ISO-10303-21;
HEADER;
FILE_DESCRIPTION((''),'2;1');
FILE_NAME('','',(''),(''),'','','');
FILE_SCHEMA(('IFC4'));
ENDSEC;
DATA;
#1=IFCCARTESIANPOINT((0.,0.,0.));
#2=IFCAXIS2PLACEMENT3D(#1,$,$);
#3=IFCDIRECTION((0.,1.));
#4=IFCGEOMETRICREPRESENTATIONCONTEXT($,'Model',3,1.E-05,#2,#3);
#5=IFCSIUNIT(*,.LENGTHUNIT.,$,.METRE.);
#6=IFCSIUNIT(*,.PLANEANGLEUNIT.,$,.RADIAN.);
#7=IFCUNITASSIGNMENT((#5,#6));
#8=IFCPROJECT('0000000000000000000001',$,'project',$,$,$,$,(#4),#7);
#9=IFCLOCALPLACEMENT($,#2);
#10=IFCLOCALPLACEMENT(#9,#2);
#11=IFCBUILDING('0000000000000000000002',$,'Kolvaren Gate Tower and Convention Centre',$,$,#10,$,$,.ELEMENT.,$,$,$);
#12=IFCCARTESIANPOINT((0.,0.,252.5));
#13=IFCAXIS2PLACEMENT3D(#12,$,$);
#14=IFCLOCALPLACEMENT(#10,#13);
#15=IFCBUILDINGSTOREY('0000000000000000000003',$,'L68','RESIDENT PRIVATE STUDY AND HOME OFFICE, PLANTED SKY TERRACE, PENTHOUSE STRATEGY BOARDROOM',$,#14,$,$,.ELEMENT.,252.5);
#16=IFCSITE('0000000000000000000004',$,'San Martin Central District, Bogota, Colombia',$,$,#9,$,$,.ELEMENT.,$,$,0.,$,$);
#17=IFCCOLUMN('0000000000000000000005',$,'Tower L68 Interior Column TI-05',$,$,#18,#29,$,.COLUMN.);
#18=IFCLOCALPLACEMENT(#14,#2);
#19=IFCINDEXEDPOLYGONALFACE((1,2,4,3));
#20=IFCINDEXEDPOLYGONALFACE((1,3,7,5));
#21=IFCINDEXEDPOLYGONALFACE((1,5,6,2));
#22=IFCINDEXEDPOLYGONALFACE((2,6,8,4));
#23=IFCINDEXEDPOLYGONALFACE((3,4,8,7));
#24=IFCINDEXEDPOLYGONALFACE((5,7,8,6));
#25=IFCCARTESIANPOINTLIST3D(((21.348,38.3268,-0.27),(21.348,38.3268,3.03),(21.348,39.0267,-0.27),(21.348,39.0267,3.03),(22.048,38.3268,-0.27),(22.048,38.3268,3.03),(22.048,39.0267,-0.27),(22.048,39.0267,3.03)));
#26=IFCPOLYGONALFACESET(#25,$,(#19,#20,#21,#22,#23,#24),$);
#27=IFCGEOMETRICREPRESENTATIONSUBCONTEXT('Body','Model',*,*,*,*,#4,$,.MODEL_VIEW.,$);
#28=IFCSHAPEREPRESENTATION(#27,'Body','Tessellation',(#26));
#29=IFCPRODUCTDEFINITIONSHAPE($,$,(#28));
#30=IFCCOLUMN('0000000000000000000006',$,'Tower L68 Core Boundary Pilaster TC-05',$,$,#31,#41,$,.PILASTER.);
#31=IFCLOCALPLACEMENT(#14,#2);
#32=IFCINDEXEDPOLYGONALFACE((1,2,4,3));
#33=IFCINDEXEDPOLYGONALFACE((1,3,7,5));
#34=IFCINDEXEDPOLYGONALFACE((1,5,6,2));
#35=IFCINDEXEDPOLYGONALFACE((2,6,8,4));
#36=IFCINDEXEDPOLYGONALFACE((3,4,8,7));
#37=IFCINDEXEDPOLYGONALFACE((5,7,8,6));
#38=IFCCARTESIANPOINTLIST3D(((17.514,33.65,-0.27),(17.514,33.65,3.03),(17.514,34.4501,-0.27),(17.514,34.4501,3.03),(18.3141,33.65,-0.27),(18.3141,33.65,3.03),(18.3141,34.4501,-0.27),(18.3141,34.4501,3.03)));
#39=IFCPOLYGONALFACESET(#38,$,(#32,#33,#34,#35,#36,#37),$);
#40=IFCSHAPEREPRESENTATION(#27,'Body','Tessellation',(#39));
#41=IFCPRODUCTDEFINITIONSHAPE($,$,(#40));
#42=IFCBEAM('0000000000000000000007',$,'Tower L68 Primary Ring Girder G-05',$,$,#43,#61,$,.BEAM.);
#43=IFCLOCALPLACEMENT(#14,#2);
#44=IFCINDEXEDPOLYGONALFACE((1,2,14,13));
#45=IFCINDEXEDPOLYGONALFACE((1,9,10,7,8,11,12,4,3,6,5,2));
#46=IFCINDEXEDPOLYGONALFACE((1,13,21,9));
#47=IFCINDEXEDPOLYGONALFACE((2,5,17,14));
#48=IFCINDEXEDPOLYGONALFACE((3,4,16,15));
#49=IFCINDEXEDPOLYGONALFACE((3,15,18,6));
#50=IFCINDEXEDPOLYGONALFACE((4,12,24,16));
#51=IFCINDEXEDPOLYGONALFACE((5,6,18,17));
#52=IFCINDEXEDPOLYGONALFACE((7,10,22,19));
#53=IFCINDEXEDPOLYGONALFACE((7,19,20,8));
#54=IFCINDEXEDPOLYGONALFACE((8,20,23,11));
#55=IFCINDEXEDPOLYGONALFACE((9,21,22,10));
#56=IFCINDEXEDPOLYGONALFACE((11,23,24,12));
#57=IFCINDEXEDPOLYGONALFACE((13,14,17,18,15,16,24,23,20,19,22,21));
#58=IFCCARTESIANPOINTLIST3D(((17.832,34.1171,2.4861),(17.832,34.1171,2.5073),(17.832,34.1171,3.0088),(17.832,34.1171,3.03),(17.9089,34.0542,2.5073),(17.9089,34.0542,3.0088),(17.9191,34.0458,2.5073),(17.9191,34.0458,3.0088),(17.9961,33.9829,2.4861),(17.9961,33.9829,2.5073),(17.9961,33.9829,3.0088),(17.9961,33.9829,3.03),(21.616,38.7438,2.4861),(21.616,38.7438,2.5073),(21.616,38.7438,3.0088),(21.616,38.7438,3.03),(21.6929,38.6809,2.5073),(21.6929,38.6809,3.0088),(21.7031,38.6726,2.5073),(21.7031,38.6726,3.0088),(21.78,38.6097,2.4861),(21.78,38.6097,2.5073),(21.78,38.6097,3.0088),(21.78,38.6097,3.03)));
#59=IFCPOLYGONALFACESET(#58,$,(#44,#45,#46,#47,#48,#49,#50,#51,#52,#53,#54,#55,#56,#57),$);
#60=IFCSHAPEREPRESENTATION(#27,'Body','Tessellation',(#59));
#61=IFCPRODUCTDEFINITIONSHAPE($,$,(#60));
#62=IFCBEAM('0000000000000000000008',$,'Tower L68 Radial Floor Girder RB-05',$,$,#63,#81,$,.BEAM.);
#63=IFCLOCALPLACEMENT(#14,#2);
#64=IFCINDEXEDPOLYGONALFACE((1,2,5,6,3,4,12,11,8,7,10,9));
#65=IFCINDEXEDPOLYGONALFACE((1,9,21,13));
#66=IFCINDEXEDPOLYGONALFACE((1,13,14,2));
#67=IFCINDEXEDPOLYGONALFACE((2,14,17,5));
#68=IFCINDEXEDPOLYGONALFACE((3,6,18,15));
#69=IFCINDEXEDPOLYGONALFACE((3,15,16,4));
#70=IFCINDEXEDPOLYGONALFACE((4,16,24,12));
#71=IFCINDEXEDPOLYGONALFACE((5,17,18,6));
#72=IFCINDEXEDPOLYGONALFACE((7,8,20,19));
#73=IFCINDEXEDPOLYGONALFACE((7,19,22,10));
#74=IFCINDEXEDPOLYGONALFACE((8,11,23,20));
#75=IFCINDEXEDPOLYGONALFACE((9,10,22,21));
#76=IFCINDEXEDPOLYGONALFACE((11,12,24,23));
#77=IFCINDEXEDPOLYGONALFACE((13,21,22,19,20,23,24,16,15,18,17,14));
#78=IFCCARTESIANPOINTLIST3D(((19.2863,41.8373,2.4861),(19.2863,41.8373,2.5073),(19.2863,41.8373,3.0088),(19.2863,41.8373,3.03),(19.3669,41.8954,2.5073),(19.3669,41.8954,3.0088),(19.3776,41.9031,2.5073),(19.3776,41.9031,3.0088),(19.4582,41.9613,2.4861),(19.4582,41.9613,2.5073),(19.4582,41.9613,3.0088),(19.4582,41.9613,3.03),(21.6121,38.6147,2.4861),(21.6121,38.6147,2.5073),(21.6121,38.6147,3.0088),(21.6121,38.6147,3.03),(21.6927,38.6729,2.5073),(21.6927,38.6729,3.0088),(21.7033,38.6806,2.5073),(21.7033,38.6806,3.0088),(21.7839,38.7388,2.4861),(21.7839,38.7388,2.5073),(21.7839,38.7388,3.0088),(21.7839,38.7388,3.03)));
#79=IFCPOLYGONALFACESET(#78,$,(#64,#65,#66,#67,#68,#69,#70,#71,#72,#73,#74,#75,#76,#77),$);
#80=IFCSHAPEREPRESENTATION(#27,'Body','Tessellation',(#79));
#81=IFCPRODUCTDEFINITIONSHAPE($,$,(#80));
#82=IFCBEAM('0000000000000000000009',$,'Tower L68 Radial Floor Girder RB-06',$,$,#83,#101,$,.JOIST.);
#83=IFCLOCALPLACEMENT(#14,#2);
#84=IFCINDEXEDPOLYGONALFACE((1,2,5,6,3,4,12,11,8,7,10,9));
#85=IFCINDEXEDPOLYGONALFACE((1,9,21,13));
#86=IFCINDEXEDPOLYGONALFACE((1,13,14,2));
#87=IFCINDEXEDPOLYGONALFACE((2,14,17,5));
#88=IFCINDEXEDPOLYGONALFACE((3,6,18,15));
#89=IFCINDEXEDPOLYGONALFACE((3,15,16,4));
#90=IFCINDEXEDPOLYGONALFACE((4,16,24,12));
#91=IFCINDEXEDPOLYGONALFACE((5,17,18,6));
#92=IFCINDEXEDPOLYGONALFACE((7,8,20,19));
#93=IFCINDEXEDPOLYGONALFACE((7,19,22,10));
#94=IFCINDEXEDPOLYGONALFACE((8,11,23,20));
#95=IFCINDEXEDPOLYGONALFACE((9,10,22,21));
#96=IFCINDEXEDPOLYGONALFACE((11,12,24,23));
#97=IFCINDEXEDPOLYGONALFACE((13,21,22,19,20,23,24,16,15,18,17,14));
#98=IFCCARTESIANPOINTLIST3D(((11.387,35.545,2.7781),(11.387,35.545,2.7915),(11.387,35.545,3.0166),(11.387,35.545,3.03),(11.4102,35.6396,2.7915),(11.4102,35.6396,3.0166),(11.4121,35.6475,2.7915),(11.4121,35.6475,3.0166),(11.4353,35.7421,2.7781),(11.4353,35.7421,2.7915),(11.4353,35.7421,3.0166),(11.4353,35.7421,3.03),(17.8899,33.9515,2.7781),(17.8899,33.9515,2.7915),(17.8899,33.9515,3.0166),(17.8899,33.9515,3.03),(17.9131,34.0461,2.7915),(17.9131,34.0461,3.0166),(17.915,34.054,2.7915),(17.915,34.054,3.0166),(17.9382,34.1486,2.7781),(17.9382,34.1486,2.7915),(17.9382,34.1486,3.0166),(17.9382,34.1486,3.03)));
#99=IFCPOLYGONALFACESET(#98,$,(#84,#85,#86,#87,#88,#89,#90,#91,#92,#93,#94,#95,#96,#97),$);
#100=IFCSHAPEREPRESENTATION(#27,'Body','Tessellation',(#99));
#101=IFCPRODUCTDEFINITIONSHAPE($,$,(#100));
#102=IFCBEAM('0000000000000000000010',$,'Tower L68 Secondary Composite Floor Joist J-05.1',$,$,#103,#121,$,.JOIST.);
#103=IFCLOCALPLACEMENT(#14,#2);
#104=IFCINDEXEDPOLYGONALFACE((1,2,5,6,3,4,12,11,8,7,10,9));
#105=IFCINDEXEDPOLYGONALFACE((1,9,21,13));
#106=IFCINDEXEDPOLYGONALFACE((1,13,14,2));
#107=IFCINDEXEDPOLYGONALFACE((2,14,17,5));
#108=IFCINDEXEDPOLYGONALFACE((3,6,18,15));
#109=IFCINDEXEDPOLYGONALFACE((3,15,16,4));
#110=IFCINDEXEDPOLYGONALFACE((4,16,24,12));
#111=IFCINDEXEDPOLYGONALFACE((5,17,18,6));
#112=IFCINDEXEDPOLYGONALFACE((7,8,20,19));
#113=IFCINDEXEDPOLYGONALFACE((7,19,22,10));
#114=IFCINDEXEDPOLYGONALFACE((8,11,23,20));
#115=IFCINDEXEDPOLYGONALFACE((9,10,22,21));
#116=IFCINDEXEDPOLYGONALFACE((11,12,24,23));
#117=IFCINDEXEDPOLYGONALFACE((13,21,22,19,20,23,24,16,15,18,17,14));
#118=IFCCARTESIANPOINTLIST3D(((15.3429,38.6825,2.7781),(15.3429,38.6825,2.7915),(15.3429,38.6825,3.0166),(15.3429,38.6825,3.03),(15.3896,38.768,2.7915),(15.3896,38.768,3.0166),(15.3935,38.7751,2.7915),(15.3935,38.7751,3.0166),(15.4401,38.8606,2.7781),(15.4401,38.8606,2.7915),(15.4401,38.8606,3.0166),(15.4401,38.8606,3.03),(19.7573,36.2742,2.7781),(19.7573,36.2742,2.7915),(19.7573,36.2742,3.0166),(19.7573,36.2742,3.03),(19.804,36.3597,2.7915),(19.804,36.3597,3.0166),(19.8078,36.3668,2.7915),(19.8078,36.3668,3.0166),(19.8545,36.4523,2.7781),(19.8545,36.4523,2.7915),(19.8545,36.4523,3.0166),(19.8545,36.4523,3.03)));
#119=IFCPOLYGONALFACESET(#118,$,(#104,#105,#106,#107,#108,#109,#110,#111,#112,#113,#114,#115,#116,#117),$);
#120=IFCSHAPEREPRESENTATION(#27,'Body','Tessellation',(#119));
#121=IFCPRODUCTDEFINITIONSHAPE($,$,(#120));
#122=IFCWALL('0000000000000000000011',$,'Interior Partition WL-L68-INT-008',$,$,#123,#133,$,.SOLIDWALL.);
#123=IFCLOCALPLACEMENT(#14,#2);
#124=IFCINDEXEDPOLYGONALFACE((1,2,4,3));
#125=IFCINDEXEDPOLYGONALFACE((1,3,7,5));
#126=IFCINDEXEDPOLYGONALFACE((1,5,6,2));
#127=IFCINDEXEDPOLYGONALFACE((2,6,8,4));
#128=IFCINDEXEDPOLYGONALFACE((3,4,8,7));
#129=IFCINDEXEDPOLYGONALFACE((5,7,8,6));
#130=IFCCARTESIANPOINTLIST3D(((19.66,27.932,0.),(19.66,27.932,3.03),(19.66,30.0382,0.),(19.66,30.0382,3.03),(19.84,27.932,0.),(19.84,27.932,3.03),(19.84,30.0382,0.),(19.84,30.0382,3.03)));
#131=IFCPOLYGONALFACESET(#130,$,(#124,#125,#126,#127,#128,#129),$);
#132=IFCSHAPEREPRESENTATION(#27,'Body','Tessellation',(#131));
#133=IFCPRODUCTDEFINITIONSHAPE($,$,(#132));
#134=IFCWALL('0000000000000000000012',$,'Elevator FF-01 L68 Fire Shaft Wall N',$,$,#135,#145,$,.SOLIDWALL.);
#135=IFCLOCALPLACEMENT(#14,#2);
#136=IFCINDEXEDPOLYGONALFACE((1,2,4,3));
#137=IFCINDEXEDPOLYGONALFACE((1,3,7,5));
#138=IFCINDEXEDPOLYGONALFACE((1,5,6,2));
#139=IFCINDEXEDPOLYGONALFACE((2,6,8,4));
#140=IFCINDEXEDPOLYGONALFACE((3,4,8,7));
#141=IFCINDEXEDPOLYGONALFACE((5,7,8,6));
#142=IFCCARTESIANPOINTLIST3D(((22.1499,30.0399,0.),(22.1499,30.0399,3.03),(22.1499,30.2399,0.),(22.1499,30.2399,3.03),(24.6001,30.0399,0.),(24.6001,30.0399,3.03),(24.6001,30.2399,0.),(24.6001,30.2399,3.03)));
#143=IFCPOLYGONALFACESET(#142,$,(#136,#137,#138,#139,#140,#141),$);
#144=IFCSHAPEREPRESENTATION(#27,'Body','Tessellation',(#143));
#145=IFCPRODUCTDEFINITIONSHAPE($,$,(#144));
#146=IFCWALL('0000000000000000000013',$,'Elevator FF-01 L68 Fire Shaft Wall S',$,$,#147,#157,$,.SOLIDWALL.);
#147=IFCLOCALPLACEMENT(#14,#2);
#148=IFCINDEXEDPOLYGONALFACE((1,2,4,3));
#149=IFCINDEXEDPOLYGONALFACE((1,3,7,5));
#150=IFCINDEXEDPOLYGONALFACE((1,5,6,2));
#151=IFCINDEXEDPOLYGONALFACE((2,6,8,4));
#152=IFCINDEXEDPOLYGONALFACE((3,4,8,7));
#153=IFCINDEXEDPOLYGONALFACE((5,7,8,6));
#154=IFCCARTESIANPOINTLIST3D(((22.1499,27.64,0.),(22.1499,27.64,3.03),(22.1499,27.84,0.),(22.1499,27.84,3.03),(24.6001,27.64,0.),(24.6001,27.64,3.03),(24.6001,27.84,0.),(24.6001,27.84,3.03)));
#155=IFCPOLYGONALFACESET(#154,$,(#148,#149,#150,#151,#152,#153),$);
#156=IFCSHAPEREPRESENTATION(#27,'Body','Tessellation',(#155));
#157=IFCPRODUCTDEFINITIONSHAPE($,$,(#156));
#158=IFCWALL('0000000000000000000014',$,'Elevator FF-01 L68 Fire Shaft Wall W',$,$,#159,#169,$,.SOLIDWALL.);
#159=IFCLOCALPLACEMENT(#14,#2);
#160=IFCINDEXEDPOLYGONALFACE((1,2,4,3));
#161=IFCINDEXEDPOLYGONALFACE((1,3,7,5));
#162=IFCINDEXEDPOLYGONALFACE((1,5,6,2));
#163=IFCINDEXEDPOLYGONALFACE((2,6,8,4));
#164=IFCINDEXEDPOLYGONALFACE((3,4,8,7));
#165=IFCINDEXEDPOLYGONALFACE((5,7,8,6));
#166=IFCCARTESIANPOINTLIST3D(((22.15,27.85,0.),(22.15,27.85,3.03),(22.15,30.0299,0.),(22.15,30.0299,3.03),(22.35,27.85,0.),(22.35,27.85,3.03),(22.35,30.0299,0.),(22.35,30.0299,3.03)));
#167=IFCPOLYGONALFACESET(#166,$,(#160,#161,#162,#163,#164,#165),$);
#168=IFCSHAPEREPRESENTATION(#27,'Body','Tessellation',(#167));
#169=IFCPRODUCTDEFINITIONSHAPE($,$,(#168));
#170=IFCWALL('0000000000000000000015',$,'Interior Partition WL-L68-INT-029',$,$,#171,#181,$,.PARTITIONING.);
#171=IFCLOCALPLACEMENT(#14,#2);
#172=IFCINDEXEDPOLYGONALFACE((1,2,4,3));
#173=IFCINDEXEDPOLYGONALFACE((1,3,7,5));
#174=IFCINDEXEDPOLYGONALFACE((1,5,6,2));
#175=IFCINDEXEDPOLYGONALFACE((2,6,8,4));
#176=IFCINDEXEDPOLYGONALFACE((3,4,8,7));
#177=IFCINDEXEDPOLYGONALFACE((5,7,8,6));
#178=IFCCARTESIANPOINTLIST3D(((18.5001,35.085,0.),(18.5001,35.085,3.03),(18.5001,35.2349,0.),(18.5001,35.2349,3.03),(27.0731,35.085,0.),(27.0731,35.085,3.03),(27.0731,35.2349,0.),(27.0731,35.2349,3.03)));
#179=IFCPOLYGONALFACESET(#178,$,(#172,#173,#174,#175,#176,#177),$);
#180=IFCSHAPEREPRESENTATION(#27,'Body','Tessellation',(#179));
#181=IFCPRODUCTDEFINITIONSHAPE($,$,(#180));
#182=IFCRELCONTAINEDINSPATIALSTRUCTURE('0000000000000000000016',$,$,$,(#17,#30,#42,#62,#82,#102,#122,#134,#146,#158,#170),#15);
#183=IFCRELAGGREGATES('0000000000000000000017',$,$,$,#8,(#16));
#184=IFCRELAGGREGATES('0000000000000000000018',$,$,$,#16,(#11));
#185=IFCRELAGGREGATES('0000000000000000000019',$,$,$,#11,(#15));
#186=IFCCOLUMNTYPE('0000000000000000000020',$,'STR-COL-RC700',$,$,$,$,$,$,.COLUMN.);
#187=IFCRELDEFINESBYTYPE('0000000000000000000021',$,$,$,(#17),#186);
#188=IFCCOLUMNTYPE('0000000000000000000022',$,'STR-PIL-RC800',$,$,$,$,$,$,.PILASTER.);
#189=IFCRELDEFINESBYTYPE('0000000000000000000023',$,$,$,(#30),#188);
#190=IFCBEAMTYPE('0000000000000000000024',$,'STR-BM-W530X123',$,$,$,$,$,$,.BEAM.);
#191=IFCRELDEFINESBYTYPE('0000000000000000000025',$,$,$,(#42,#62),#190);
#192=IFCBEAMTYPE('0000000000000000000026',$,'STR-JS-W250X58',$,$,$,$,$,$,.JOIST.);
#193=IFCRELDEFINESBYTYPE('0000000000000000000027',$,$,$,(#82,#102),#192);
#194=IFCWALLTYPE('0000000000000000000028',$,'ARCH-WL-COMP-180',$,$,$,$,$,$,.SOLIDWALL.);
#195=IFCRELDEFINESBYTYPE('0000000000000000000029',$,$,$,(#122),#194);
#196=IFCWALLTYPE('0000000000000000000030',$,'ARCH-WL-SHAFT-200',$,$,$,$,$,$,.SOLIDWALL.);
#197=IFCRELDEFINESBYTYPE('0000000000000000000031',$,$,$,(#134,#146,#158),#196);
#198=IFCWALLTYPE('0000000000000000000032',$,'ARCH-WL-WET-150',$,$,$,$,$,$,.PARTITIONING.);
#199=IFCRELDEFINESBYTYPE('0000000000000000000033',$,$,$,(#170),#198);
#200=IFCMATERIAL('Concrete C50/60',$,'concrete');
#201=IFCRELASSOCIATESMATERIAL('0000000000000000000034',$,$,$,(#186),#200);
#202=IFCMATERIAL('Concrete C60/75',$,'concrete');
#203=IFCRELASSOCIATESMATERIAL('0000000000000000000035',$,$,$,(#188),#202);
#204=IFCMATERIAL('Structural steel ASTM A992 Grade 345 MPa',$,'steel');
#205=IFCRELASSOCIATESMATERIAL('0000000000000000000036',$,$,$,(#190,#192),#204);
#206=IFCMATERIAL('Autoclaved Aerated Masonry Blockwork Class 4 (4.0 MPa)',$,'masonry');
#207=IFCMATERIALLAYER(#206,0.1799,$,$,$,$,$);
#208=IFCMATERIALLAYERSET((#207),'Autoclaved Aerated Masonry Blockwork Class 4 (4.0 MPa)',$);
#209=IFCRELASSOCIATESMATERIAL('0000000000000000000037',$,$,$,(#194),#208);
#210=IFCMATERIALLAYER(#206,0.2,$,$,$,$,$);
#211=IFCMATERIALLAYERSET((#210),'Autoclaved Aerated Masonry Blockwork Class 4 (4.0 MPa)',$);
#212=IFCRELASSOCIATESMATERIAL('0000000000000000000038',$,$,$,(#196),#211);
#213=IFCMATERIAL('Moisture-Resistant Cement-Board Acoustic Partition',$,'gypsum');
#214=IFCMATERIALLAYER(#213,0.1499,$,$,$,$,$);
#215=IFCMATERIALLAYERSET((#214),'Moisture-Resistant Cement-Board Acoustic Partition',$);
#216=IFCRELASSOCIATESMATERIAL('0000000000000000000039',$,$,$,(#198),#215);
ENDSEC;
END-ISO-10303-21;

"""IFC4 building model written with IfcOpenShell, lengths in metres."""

from ifc_helpers import new_model, si_unit, direction, frame, frame_2d, origin, origin_2d, place, context, subcontext, project, spatial, rectangle, i_section, extrude, material, layer, layer_set, material_profile, profile_set, type_object, element, save


model = new_model("IFC4")

# Units and contexts
model_context = context("Model", 3, precision=1e-05, world=origin(), true_north=direction((0.0, 1.0)))
body_context = subcontext(model_context, "Body", "Model", "MODEL_VIEW")
ifc_project = project(units=[si_unit("LENGTHUNIT", "METRE"), si_unit("PLANEANGLEUNIT", "RADIAN")], contexts=[model_context])

# Site, building, storey
site_placement = place(None, origin())
site = spatial("IfcSite", under=ifc_project, at=site_placement, Name="San Martin Central District, Bogota, Colombia", CompositionType="ELEMENT", RefElevation=0.0)
building_placement = place(site_placement, origin())
building = spatial("IfcBuilding", under=site, at=building_placement, Name="Kolvaren Gate Tower and Convention Centre", CompositionType="ELEMENT")
storey_placement = place(building_placement, frame((0.0, 0.0, 252.5)))
storey = spatial("IfcBuildingStorey", under=building, at=storey_placement, Name="L68", Description="RESIDENT PRIVATE STUDY AND HOME OFFICE, PLANTED SKY TERRACE, PENTHOUSE STRATEGY BOARDROOM", CompositionType="ELEMENT", Elevation=252.5)

# Columns
ifc_material_1 = material(Name="Concrete C50/60", Category="concrete")
ifc_material_profile_1 = material_profile(ifc_material_1, rectangle(XDim=0.7, YDim=0.7, at=origin_2d()), Name="RC-COL-700X700")
ifc_profile_set_1 = profile_set([ifc_material_profile_1], Name="Concrete C50/60")
column_type_1 = type_object("IfcColumnType", Name="STR-COL-RC700", PredefinedType="COLUMN", material=ifc_profile_set_1)
column_1_placement = place(storey_placement, frame((21.698, 38.6768, -0.27), z_axis=(0.0, 0.0, 1.0), x_axis=(1.0, 0.0, 0.0)))
element("IfcColumn", 1, at=column_1_placement, inside=storey, type_object=column_type_1, Name="Tower L68 Interior Column TI-05", PredefinedType="COLUMN", context=body_context, shape_type="SweptSolid", body=[
    extrude(rectangle(XDim=0.7, YDim=0.7, at=origin_2d()), origin(), (0.0, 0.0, 1.0), 3.3),
])
ifc_material_2 = material(Name="Concrete C60/75", Category="concrete")
ifc_material_profile_2 = material_profile(ifc_material_2, rectangle(XDim=0.8, YDim=0.8, at=origin_2d()), Name="RC-COL-800X800")
ifc_profile_set_2 = profile_set([ifc_material_profile_2], Name="Concrete C60/75")
column_type_2 = type_object("IfcColumnType", Name="STR-PIL-RC800", PredefinedType="PILASTER", material=ifc_profile_set_2)
column_2_placement = place(storey_placement, frame((17.9141, 34.05, -0.27), z_axis=(0.0, 0.0, 1.0), x_axis=(1.0, 0.0, 0.0)))
element("IfcColumn", 2, at=column_2_placement, inside=storey, type_object=column_type_2, Name="Tower L68 Core Boundary Pilaster TC-05", PredefinedType="PILASTER", context=body_context, shape_type="SweptSolid", body=[
    extrude(rectangle(XDim=0.8, YDim=0.8, at=origin_2d()), origin(), (0.0, 0.0, 1.0), 3.3),
])

# Beams
ifc_material_3 = material(Name="Structural steel ASTM A992 Grade 345 MPa", Category="steel")
ifc_material_profile_3 = material_profile(ifc_material_3, i_section(OverallWidth=0.2119, OverallDepth=0.5439, WebThickness=0.0132, FlangeThickness=0.0212, at=origin_2d()), Name="W530X123")
ifc_profile_set_3 = profile_set([ifc_material_profile_3], Name="Structural steel ASTM A992 Grade 345 MPa")
beam_type_1 = type_object("IfcBeamType", Name="STR-BM-W530X123", PredefinedType="BEAM", material=ifc_profile_set_3)
beam_1_placement = place(storey_placement, frame((21.698, 38.6768, 2.7581), z_axis=(-0.633082, -0.774085, 0.0), x_axis=(0.774085, -0.633082, 0.0)))
element("IfcBeam", 3, at=beam_1_placement, inside=storey, type_object=beam_type_1, Name="Tower L68 Primary Ring Girder G-05", PredefinedType="BEAM", context=body_context, shape_type="SweptSolid", body=[
    extrude(i_section(OverallWidth=0.2119, OverallDepth=0.5439, WebThickness=0.0132, FlangeThickness=0.0212, at=origin_2d()), origin(), (0.0, 0.0, 1.0), 5.9771),
])
beam_2_placement = place(storey_placement, frame((21.698, 38.6768, 2.7581), z_axis=(-0.585224, 0.810872, 0.0), x_axis=(-0.810872, -0.585224, 0.0)))
element("IfcBeam", 4, at=beam_2_placement, inside=storey, type_object=beam_type_1, Name="Tower L68 Radial Floor Girder RB-05", PredefinedType="BEAM", context=body_context, shape_type="SweptSolid", body=[
    extrude(i_section(OverallWidth=0.2119, OverallDepth=0.5439, WebThickness=0.0132, FlangeThickness=0.0212, at=origin_2d()), origin(), (0.0, 0.0, 1.0), 3.9741),
])
ifc_material_profile_4 = material_profile(ifc_material_3, i_section(OverallWidth=0.2029, OverallDepth=0.252, WebThickness=0.0081, FlangeThickness=0.0134, at=origin_2d()), Name="W250X58")
ifc_profile_set_4 = profile_set([ifc_material_profile_4], Name="Structural steel ASTM A992 Grade 345 MPa")
beam_type_2 = type_object("IfcBeamType", Name="STR-JS-W250X58", PredefinedType="JOIST", material=ifc_profile_set_4)
beam_3_placement = place(storey_placement, frame((17.9141, 34.05, 2.9041), z_axis=(-0.971264, 0.238003, 0.0), x_axis=(-0.238003, -0.971264, 0.0)))
element("IfcBeam", 5, at=beam_3_placement, inside=storey, type_object=beam_type_2, Name="Tower L68 Radial Floor Girder RB-06", PredefinedType="JOIST", context=body_context, shape_type="SweptSolid", body=[
    extrude(i_section(OverallWidth=0.2029, OverallDepth=0.252, WebThickness=0.0081, FlangeThickness=0.0134, at=origin_2d()), origin(), (0.0, 0.0, 1.0), 6.6953),
])
beam_4_placement = place(storey_placement, frame((19.8059, 36.3633, 2.9041), z_axis=(-0.877862, 0.478913, 0.0), x_axis=(-0.478913, -0.877862, 0.0)))
element("IfcBeam", 6, at=beam_4_placement, inside=storey, type_object=beam_type_2, Name="Tower L68 Secondary Composite Floor Joist J-05.1", PredefinedType="JOIST", context=body_context, shape_type="SweptSolid", body=[
    extrude(i_section(OverallWidth=0.2029, OverallDepth=0.252, WebThickness=0.0081, FlangeThickness=0.0134, at=origin_2d()), origin(), (0.0, 0.0, 1.0), 5.0286),
])

# Walls
ifc_material_4 = material(Name="Autoclaved Aerated Masonry Blockwork Class 4 (4.0 MPa)", Category="masonry")
ifc_layer_1 = layer(ifc_material_4, 0.1799)
ifc_layer_set_1 = layer_set([ifc_layer_1], Name="Autoclaved Aerated Masonry Blockwork Class 4 (4.0 MPa)")
wall_type_1 = type_object("IfcWallType", Name="ARCH-WL-COMP-180", PredefinedType="SOLIDWALL", material=ifc_layer_set_1)
wall_1_placement = place(storey_placement, frame((19.75, 27.9319, 0.0), z_axis=(0.0, 0.0, 1.0), x_axis=(0.0, 1.0, 0.0)))
element("IfcWall", 7, at=wall_1_placement, inside=storey, type_object=wall_type_1, Name="Interior Partition WL-L68-INT-008", PredefinedType="SOLIDWALL", context=body_context, shape_type="SweptSolid", body=[
    extrude(rectangle(XDim=2.1062, YDim=0.1799, at=frame_2d((1.0532, 0.0))), origin(), (0.0, 0.0, 1.0), 3.03),
])
ifc_layer_2 = layer(ifc_material_4, 0.2)
ifc_layer_set_2 = layer_set([ifc_layer_2], Name="Autoclaved Aerated Masonry Blockwork Class 4 (4.0 MPa)")
wall_type_2 = type_object("IfcWallType", Name="ARCH-WL-SHAFT-200", PredefinedType="SOLIDWALL", material=ifc_layer_set_2)
for number, where, z_axis, x_axis, name in (
    (8, (22.1499, 30.1399, 0.0), (0.0, 0.0, 1.0), (1.0, 0.0, 0.0), "Elevator FF-01 L68 Fire Shaft Wall N"),
    (9, (22.1499, 27.74, 0.0), (0.0, 0.0, 1.0), (1.0, 0.0, 0.0), "Elevator FF-01 L68 Fire Shaft Wall S"),
):
    element("IfcWall", number, at=place(storey_placement, frame(where, z_axis=z_axis, x_axis=x_axis)), inside=storey, type_object=wall_type_2, Name=name, PredefinedType="SOLIDWALL", context=body_context, shape_type="SweptSolid", body=[
        extrude(rectangle(XDim=2.4502, YDim=0.2, at=frame_2d((1.2251, 0.0))), origin(), (0.0, 0.0, 1.0), 3.03),
    ])
wall_2_placement = place(storey_placement, frame((22.25, 27.8501, 0.0), z_axis=(0.0, 0.0, 1.0), x_axis=(0.0, 1.0, 0.0)))
element("IfcWall", 10, at=wall_2_placement, inside=storey, type_object=wall_type_2, Name="Elevator FF-01 L68 Fire Shaft Wall W", PredefinedType="SOLIDWALL", context=body_context, shape_type="SweptSolid", body=[
    extrude(rectangle(XDim=2.1799, YDim=0.2, at=frame_2d((1.0898, 0.0))), origin(), (0.0, 0.0, 1.0), 3.03),
])
ifc_material_5 = material(Name="Moisture-Resistant Cement-Board Acoustic Partition", Category="gypsum")
ifc_layer_3 = layer(ifc_material_5, 0.1499)
ifc_layer_set_3 = layer_set([ifc_layer_3], Name="Moisture-Resistant Cement-Board Acoustic Partition")
wall_type_3 = type_object("IfcWallType", Name="ARCH-WL-WET-150", PredefinedType="PARTITIONING", material=ifc_layer_set_3)
wall_3_placement = place(storey_placement, frame((18.5, 35.1599, 0.0), z_axis=(0.0, 0.0, 1.0), x_axis=(1.0, 0.0, 0.0)))
element("IfcWall", 11, at=wall_3_placement, inside=storey, type_object=wall_type_3, Name="Interior Partition WL-L68-INT-029", PredefinedType="PARTITIONING", context=body_context, shape_type="SweptSolid", body=[
    extrude(rectangle(XDim=8.573, YDim=0.1499, at=frame_2d((4.2866, 0.0))), origin(), (0.0, 0.0, 1.0), 3.03),
])

save(model, "model.ifc")
